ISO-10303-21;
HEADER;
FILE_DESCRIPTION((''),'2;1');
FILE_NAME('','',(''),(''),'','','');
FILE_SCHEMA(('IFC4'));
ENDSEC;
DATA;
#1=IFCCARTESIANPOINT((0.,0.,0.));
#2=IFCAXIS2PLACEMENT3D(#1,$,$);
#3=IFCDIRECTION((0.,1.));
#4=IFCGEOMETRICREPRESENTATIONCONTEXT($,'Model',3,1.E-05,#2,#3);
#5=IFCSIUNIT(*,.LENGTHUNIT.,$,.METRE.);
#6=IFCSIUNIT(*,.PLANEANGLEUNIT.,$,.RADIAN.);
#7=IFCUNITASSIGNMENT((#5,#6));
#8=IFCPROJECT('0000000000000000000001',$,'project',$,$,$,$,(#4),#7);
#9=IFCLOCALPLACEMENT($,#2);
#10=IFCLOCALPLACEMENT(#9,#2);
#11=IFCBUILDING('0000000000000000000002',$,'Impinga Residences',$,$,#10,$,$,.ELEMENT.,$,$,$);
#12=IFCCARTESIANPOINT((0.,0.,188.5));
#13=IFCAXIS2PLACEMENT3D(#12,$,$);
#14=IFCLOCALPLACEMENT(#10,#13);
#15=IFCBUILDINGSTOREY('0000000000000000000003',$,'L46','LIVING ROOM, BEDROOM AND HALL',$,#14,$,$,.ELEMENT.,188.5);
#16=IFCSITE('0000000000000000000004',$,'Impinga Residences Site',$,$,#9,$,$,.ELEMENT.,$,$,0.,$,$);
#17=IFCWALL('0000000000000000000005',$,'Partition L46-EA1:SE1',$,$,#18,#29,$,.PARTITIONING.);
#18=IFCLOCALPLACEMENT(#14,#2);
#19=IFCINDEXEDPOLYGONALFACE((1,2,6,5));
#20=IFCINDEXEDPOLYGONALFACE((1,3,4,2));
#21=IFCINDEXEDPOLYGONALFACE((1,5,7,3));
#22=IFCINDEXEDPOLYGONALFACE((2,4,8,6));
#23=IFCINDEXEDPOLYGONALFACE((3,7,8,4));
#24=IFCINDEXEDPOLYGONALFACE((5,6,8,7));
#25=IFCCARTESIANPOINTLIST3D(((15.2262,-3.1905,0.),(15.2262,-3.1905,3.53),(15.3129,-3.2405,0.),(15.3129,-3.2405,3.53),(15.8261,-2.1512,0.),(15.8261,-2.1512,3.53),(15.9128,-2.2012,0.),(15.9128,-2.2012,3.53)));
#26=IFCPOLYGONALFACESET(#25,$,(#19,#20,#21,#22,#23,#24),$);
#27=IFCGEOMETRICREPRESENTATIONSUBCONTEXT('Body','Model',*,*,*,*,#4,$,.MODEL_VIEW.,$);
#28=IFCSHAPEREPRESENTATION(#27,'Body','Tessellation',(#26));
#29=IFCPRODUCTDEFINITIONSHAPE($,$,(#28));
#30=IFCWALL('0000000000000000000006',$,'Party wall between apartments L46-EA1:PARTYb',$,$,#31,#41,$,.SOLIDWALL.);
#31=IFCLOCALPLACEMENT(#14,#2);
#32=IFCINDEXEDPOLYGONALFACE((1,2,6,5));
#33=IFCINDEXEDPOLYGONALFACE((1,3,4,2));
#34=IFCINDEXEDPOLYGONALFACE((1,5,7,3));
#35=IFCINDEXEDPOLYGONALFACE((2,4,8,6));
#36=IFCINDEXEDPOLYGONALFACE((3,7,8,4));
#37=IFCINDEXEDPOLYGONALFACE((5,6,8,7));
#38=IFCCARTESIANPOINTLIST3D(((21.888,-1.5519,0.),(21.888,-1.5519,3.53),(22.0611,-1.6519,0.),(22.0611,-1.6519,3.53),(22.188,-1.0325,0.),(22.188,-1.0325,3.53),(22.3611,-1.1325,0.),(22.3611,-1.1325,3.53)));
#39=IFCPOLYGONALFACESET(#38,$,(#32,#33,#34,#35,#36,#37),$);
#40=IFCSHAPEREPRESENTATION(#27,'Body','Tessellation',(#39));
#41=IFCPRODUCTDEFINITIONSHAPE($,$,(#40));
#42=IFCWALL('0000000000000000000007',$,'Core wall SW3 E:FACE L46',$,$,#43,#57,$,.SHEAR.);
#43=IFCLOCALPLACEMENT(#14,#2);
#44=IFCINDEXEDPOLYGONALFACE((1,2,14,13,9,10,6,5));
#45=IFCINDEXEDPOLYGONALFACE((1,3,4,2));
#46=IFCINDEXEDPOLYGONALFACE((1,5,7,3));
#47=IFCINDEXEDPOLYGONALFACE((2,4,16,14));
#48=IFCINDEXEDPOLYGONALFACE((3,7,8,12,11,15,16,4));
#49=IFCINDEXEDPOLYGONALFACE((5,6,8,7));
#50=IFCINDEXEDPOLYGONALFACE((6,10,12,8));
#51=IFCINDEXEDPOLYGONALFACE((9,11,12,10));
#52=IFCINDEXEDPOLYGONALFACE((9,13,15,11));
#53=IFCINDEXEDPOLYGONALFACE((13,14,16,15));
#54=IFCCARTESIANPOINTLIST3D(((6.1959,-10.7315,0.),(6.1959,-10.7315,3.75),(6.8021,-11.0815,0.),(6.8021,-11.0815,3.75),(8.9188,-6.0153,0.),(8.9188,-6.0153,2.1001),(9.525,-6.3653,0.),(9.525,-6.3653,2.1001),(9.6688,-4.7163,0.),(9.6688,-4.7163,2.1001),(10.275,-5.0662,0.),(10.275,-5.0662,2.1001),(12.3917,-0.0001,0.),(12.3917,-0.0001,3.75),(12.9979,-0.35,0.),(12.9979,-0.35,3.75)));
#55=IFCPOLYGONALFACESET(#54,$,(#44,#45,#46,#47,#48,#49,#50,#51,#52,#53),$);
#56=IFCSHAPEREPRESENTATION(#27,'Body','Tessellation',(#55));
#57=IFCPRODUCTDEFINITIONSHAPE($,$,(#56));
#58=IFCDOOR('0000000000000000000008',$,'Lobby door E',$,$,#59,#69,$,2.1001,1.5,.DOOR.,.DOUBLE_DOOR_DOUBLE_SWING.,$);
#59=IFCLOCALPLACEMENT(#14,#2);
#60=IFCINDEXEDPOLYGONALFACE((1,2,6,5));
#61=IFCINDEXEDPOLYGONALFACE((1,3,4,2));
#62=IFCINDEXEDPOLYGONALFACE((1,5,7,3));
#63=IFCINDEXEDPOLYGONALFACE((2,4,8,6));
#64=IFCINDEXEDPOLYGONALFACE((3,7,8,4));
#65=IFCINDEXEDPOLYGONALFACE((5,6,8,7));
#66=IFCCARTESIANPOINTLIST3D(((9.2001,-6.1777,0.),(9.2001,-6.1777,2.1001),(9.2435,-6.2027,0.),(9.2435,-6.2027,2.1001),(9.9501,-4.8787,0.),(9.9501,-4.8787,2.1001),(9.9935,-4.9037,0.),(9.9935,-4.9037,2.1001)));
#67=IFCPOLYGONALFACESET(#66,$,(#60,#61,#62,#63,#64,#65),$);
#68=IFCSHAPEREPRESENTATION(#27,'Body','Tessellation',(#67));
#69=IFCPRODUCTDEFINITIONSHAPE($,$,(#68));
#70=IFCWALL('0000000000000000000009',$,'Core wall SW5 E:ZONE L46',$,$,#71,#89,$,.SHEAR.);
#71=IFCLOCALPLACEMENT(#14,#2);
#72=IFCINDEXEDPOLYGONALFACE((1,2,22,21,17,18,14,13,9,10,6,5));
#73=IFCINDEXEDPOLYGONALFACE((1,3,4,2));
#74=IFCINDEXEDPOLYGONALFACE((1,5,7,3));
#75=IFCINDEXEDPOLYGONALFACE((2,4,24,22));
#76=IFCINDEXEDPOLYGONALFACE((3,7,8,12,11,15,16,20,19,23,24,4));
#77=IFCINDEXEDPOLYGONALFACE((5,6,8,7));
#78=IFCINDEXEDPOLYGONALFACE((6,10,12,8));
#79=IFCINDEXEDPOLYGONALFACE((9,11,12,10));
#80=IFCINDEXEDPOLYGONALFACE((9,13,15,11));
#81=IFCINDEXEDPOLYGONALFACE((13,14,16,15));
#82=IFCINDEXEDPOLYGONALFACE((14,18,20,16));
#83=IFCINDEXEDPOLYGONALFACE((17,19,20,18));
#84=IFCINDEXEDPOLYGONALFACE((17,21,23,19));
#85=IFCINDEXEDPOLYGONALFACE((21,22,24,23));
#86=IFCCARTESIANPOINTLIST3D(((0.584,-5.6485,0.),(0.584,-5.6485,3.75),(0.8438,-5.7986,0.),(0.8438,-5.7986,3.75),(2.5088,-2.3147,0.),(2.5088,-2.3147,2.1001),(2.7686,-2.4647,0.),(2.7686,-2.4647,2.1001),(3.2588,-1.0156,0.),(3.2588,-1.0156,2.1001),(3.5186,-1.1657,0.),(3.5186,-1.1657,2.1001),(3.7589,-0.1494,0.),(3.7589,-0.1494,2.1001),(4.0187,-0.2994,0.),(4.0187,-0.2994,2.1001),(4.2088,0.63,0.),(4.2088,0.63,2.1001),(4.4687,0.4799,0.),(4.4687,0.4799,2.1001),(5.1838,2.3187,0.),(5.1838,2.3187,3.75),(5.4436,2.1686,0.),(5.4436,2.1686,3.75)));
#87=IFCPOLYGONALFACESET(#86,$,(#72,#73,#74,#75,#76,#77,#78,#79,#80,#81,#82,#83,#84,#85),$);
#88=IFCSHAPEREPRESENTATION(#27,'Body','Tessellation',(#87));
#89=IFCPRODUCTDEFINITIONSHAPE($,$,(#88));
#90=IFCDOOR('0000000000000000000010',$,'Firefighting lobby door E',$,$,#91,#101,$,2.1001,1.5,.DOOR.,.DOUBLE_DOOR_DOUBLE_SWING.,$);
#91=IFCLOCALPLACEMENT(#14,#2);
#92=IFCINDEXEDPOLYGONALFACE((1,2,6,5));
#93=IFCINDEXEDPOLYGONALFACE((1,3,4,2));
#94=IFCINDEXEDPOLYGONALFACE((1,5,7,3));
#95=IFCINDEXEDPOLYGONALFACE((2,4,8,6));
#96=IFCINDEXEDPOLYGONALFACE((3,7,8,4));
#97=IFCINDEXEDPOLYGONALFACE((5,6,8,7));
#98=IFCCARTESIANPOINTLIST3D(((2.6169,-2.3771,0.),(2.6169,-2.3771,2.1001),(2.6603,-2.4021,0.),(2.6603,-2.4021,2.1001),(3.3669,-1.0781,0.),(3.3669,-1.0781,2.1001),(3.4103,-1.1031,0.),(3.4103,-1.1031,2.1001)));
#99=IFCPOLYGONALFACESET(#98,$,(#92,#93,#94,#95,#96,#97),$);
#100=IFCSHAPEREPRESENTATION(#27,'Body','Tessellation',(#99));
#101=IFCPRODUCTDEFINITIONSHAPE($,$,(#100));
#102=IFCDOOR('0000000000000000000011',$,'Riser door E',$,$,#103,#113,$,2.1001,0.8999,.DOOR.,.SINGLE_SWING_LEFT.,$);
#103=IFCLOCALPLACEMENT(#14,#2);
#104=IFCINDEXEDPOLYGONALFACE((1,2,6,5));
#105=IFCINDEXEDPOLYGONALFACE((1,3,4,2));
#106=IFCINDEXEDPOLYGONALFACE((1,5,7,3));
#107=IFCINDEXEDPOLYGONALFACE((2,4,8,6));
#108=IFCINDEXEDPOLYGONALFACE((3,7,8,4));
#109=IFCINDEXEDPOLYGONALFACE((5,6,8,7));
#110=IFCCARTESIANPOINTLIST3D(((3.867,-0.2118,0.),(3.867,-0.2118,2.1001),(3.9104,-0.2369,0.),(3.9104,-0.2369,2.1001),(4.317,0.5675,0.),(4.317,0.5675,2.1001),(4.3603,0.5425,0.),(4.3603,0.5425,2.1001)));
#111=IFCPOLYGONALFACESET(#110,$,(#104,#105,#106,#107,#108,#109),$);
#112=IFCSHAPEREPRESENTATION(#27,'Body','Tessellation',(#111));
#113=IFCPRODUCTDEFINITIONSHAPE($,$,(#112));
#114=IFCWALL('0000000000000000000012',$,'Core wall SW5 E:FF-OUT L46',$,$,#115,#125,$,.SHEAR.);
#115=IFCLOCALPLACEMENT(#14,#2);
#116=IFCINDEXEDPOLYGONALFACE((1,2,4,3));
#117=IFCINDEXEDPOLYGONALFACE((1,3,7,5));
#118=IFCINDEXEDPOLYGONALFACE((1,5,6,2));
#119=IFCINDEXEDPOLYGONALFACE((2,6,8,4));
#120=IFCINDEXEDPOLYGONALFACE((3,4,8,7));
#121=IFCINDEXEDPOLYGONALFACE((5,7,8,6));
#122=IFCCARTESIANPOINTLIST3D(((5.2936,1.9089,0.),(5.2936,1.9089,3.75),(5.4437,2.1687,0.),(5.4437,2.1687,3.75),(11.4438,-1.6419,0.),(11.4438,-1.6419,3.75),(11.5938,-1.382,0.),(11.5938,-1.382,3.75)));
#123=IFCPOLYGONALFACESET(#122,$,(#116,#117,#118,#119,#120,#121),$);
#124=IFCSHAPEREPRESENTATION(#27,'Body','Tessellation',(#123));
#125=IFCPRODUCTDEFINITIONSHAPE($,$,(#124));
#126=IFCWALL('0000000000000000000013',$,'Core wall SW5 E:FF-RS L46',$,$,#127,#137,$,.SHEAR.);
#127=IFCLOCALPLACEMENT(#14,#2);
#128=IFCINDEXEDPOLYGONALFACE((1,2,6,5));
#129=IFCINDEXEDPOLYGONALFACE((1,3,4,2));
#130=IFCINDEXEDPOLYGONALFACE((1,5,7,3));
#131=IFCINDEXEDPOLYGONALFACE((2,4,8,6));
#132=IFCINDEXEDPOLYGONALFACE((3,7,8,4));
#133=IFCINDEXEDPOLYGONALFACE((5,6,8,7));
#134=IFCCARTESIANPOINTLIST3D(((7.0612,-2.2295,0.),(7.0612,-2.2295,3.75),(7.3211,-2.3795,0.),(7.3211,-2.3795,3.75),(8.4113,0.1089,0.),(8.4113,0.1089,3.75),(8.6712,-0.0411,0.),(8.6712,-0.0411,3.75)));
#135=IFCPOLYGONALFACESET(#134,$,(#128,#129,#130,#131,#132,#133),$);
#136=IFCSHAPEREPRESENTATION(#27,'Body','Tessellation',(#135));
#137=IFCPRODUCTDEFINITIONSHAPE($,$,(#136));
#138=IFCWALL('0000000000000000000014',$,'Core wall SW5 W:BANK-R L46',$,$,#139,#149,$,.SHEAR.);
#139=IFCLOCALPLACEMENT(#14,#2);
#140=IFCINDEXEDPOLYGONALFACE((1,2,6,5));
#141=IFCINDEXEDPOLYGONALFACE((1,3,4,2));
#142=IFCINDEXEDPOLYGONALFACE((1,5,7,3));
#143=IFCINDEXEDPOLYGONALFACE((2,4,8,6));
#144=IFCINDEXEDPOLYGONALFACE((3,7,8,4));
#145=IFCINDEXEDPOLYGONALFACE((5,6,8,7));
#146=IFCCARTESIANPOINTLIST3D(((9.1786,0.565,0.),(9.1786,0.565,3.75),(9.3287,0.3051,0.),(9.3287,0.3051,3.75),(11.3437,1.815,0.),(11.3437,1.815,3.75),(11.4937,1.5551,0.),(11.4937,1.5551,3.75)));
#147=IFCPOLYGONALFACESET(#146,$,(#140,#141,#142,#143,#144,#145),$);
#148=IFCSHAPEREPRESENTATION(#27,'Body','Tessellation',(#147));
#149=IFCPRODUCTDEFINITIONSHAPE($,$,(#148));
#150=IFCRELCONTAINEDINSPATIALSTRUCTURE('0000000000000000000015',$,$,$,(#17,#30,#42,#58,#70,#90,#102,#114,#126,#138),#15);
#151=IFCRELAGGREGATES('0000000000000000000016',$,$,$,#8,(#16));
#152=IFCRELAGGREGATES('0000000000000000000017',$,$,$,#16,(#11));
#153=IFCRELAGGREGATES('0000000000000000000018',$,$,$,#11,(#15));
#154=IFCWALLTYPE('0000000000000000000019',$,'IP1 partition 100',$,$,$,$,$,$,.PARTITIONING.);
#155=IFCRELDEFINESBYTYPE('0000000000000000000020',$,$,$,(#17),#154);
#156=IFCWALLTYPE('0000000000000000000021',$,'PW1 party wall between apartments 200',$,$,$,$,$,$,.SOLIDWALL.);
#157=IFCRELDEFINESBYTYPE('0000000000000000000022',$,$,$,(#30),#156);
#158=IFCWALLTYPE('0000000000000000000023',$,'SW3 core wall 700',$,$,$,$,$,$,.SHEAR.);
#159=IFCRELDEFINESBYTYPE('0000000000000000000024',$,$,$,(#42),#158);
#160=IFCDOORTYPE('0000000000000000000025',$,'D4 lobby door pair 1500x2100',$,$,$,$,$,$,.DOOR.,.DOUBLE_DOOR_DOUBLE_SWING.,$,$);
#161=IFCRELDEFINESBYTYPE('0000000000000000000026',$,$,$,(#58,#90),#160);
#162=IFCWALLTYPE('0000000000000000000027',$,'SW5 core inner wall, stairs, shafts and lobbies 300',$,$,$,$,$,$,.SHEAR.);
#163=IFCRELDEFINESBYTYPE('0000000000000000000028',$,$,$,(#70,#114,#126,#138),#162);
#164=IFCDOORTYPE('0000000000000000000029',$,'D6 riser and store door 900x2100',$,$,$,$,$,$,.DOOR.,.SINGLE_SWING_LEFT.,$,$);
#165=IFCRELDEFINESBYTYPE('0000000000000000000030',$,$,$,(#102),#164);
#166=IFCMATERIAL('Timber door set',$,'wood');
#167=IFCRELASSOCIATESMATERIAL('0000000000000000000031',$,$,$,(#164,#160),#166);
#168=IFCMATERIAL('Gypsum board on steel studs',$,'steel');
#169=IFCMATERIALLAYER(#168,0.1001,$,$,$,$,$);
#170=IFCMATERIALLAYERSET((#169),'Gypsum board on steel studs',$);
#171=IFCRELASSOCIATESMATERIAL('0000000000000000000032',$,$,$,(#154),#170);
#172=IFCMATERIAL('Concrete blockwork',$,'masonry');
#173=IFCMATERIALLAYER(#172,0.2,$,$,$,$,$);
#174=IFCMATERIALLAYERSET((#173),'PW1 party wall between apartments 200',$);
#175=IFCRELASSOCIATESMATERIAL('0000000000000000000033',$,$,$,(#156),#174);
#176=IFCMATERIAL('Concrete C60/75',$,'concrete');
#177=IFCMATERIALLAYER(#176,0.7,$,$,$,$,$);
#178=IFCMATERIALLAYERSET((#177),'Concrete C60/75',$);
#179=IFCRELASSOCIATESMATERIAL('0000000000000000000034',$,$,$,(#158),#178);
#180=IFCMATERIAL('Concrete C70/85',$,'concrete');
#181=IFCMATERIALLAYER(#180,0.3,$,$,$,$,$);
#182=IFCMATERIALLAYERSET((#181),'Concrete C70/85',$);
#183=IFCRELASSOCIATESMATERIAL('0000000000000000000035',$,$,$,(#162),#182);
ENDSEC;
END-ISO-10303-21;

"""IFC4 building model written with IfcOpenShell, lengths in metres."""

from ifc_helpers import new_model, si_unit, direction, frame, frame_2d, origin, place, context, subcontext, project, spatial, rectangle, extrude, material, layer, layer_set, type_object, element, fill, save


model = new_model("IFC4")

# Units and contexts
model_context = context("Model", 3, precision=1e-05, world=origin(), true_north=direction((0.0, 1.0)))
body_context = subcontext(model_context, "Body", "Model", "MODEL_VIEW")
ifc_project = project(units=[si_unit("LENGTHUNIT", "METRE"), si_unit("PLANEANGLEUNIT", "RADIAN")], contexts=[model_context])

# Site, building, storey
site_placement = place(None, origin())
site = spatial("IfcSite", under=ifc_project, at=site_placement, Name="Impinga Residences Site", CompositionType="ELEMENT", RefElevation=0.0)
building_placement = place(site_placement, origin())
building = spatial("IfcBuilding", under=site, at=building_placement, Name="Impinga Residences", CompositionType="ELEMENT")
storey_placement = place(building_placement, frame((0.0, 0.0, 188.5)))
storey = spatial("IfcBuildingStorey", under=building, at=storey_placement, Name="L46", Description="LIVING ROOM, BEDROOM AND HALL", CompositionType="ELEMENT", Elevation=188.5)

# Shared definitions
ifc_material_1 = material(Name="Concrete C60/75", Category="concrete")

# Shared definitions
ifc_material_2 = material(Name="Concrete blockwork", Category="masonry")
ifc_material_3 = material(Name="Timber door set", Category="wood")
door_type_1 = type_object("IfcDoorType", Name="D6 riser and store door 900x2100", OperationType="SINGLE_SWING_LEFT", PredefinedType="DOOR", material=ifc_material_3)

# Shared definitions
ifc_material_4 = material(Name="Gypsum board on steel studs", Category="steel")
ifc_layer_1 = layer(ifc_material_4, 0.1001)
ifc_layer_set_1 = layer_set([ifc_layer_1], Name="Gypsum board on steel studs")
wall_type_1 = type_object("IfcWallType", Name="IP1 partition 100", PredefinedType="PARTITIONING", material=ifc_layer_set_1)

# Walls
wall_1_placement = place(storey_placement, frame((15.2695, -3.2156, 0.0), z_axis=(0.0, 0.0, 1.0), x_axis=(0.499881, 0.866094, 0.0)))
element("IfcWall", 1, at=wall_1_placement, inside=storey, type_object=wall_type_1, Name="Partition L46-EA1:SE1", PredefinedType="PARTITIONING", context=body_context, shape_type="SweptSolid", body=[
    extrude(rectangle(XDim=1.2, YDim=0.1001, at=frame_2d((0.6001, 0.0))), origin(), (0.0, 0.0, 1.0), 3.53),
])
ifc_layer_2 = layer(ifc_material_2, 0.2)
ifc_layer_set_2 = layer_set([ifc_layer_2], Name="PW1 party wall between apartments 200")
wall_type_2 = type_object("IfcWallType", Name="PW1 party wall between apartments 200", PredefinedType="SOLIDWALL", material=ifc_layer_set_2)
wall_2_placement = place(storey_placement, frame((21.9746, -1.6018, 0.0), z_axis=(0.0, 0.0, 1.0), x_axis=(0.500122, 0.865955, 0.0)))
element("IfcWall", 2, at=wall_2_placement, inside=storey, type_object=wall_type_2, Name="Party wall between apartments L46-EA1:PARTYb", PredefinedType="SOLIDWALL", context=body_context, shape_type="SweptSolid", body=[
    extrude(rectangle(XDim=0.5999, YDim=0.2, at=frame_2d((0.2998, 0.0))), origin(), (0.0, 0.0, 1.0), 3.53),
])

# Wall, opening, door
ifc_layer_3 = layer(ifc_material_1, 0.7)
ifc_layer_set_3 = layer_set([ifc_layer_3], Name="Concrete C60/75")
wall_type_3 = type_object("IfcWallType", Name="SW3 core wall 700", PredefinedType="SHEAR", material=ifc_layer_set_3)
wall_3_placement = place(storey_placement, frame((12.6948, -0.175, 0.0), z_axis=(0.0, 0.0, 1.0), x_axis=(-0.5, -0.866025, 0.0)))
wall_3 = element("IfcWall", 3, at=wall_3_placement, inside=storey, type_object=wall_type_3, Name="Core wall SW3 E:FACE L46", PredefinedType="SHEAR", context=body_context, shape_type="SweptSolid", body=[
    extrude(rectangle(XDim=12.3916, YDim=0.7, at=frame_2d((6.1958, 0.0))), origin(), (0.0, 0.0, 1.0), 3.75),
])
opening_1_placement = place(wall_3_placement, frame((5.4458, 0.0, 0.0)))
opening_1 = element("IfcOpeningElement", 4, at=opening_1_placement, cuts=wall_3, PredefinedType="OPENING", context=body_context, shape_type="SweptSolid", body=[
    extrude(rectangle(XDim=1.5, YDim=2.1001, at=frame_2d((0.75, 1.05))), frame((0.0, 0.3599, 0.0), z_axis=(0.0, -1.0, 0.0), x_axis=(1.0, 0.0, 0.0)), (0.0, 0.0, 1.0), 0.72),
])
door_type_2 = type_object("IfcDoorType", Name="D4 lobby door pair 1500x2100", OperationType="DOUBLE_DOOR_DOUBLE_SWING", PredefinedType="DOOR", material=ifc_material_3)
door_1_placement = place(opening_1_placement, origin())
door_1 = element("IfcDoor", 5, at=door_1_placement, inside=storey, type_object=door_type_2, Name="Lobby door E", OperationType="DOUBLE_DOOR_DOUBLE_SWING", OverallHeight=2.1001, OverallWidth=1.5, PredefinedType="DOOR", context=body_context, shape_type="SweptSolid", body=[
    extrude(rectangle(XDim=1.5, YDim=2.1001, at=frame_2d((0.75, 1.05))), frame((0.0, 0.0249, 0.0), z_axis=(0.0, -1.0, 0.0), x_axis=(1.0, 0.0, 0.0)), (0.0, 0.0, 1.0), 0.05),
])
fill(opening_1, door_1)

# Wall, openings, doors
ifc_material_5 = material(Name="Concrete C70/85", Category="concrete")
ifc_layer_4 = layer(ifc_material_5, 0.3)
ifc_layer_set_4 = layer_set([ifc_layer_4], Name="Concrete C70/85")
wall_type_4 = type_object("IfcWallType", Name="SW5 core inner wall, stairs, shafts and lobbies 300", PredefinedType="SHEAR", material=ifc_layer_set_4)
wall_4_placement = place(storey_placement, frame((5.3137, 2.2437, 0.0), z_axis=(0.0, 0.0, 1.0), x_axis=(-0.499995, -0.866028, 0.0)))
wall_4 = element("IfcWall", 6, at=wall_4_placement, inside=storey, type_object=wall_type_4, Name="Core wall SW5 E:ZONE L46", PredefinedType="SHEAR", context=body_context, shape_type="SweptSolid", body=[
    extrude(rectangle(XDim=9.1997, YDim=0.3, at=frame_2d((4.5999, 0.0))), origin(), (0.0, 0.0, 1.0), 3.75),
])
opening_2_placement = place(wall_4_placement, frame((3.8501, 0.0, 0.0)))
opening_2 = element("IfcOpeningElement", 7, at=opening_2_placement, cuts=wall_4, PredefinedType="OPENING", context=body_context, shape_type="SweptSolid", body=[
    extrude(rectangle(XDim=1.5, YDim=2.1001, at=frame_2d((0.75, 1.05))), frame((0.0, 0.1599, 0.0), z_axis=(0.0, -1.0, 0.0), x_axis=(1.0, 0.0, 0.0)), (0.0, 0.0, 1.0), 0.3201),
])
opening_3_placement = place(wall_4_placement, frame((1.95, 0.0, 0.0)))
opening_3 = element("IfcOpeningElement", 8, at=opening_3_placement, cuts=wall_4, PredefinedType="OPENING", context=body_context, shape_type="SweptSolid", body=[
    extrude(rectangle(XDim=0.8999, YDim=2.1001, at=frame_2d((0.45, 1.05))), frame((0.0, 0.1599, 0.0), z_axis=(0.0, -1.0, 0.0), x_axis=(1.0, 0.0, 0.0)), (0.0, 0.0, 1.0), 0.3201),
])
door_2_placement = place(opening_2_placement, origin())
door_2 = element("IfcDoor", 9, at=door_2_placement, inside=storey, type_object=door_type_2, Name="Firefighting lobby door E", OperationType="DOUBLE_DOOR_DOUBLE_SWING", OverallHeight=2.1001, OverallWidth=1.5, PredefinedType="DOOR", context=body_context, shape_type="SweptSolid", body=[
    extrude(rectangle(XDim=1.5, YDim=2.1001, at=frame_2d((0.75, 1.05))), frame((0.0, 0.0249, 0.0), z_axis=(0.0, -1.0, 0.0), x_axis=(1.0, 0.0, 0.0)), (0.0, 0.0, 1.0), 0.05),
])
fill(opening_2, door_2)
door_3_placement = place(opening_3_placement, origin())
door_3 = element("IfcDoor", 10, at=door_3_placement, inside=storey, type_object=door_type_1, Name="Riser door E", OperationType="SINGLE_SWING_LEFT", OverallHeight=2.1001, OverallWidth=0.8999, PredefinedType="DOOR", context=body_context, shape_type="SweptSolid", body=[
    extrude(rectangle(XDim=0.8999, YDim=2.1001, at=frame_2d((0.45, 1.05))), frame((0.0, 0.0249, 0.0), z_axis=(0.0, -1.0, 0.0), x_axis=(1.0, 0.0, 0.0)), (0.0, 0.0, 1.0), 0.05),
])
fill(opening_3, door_3)

# Walls
wall_5_placement = place(storey_placement, frame((5.3687, 2.0388, 0.0), z_axis=(0.0, 0.0, 1.0), x_axis=(0.866026, -0.499999, 0.0)))
element("IfcWall", 11, at=wall_5_placement, inside=storey, type_object=wall_type_4, Name="Core wall SW5 E:FF-OUT L46", PredefinedType="SHEAR", context=body_context, shape_type="SweptSolid", body=[
    extrude(rectangle(XDim=7.1016, YDim=0.3, at=frame_2d((3.5508, 0.0))), origin(), (0.0, 0.0, 1.0), 3.75),
])
wall_6_placement = place(storey_placement, frame((8.5413, 0.0339, 0.0), z_axis=(0.0, 0.0, 1.0), x_axis=(-0.500009, -0.86602, 0.0)))
element("IfcWall", 12, at=wall_6_placement, inside=storey, type_object=wall_type_4, Name="Core wall SW5 E:FF-RS L46", PredefinedType="SHEAR", context=body_context, shape_type="SweptSolid", body=[
    extrude(rectangle(XDim=2.7002, YDim=0.3, at=frame_2d((1.3501, 0.0))), origin(), (0.0, 0.0, 1.0), 3.75),
])
wall_7_placement = place(storey_placement, frame((9.2537, 0.4351, 0.0), z_axis=(0.0, 0.0, 1.0), x_axis=(0.866023, 0.500004, 0.0)))
element("IfcWall", 13, at=wall_7_placement, inside=storey, type_object=wall_type_4, Name="Core wall SW5 W:BANK-R L46", PredefinedType="SHEAR", context=body_context, shape_type="SweptSolid", body=[
    extrude(rectangle(XDim=2.5, YDim=0.3, at=frame_2d((1.25, 0.0))), origin(), (0.0, 0.0, 1.0), 3.75),
])

save(model, "model.ifc")
